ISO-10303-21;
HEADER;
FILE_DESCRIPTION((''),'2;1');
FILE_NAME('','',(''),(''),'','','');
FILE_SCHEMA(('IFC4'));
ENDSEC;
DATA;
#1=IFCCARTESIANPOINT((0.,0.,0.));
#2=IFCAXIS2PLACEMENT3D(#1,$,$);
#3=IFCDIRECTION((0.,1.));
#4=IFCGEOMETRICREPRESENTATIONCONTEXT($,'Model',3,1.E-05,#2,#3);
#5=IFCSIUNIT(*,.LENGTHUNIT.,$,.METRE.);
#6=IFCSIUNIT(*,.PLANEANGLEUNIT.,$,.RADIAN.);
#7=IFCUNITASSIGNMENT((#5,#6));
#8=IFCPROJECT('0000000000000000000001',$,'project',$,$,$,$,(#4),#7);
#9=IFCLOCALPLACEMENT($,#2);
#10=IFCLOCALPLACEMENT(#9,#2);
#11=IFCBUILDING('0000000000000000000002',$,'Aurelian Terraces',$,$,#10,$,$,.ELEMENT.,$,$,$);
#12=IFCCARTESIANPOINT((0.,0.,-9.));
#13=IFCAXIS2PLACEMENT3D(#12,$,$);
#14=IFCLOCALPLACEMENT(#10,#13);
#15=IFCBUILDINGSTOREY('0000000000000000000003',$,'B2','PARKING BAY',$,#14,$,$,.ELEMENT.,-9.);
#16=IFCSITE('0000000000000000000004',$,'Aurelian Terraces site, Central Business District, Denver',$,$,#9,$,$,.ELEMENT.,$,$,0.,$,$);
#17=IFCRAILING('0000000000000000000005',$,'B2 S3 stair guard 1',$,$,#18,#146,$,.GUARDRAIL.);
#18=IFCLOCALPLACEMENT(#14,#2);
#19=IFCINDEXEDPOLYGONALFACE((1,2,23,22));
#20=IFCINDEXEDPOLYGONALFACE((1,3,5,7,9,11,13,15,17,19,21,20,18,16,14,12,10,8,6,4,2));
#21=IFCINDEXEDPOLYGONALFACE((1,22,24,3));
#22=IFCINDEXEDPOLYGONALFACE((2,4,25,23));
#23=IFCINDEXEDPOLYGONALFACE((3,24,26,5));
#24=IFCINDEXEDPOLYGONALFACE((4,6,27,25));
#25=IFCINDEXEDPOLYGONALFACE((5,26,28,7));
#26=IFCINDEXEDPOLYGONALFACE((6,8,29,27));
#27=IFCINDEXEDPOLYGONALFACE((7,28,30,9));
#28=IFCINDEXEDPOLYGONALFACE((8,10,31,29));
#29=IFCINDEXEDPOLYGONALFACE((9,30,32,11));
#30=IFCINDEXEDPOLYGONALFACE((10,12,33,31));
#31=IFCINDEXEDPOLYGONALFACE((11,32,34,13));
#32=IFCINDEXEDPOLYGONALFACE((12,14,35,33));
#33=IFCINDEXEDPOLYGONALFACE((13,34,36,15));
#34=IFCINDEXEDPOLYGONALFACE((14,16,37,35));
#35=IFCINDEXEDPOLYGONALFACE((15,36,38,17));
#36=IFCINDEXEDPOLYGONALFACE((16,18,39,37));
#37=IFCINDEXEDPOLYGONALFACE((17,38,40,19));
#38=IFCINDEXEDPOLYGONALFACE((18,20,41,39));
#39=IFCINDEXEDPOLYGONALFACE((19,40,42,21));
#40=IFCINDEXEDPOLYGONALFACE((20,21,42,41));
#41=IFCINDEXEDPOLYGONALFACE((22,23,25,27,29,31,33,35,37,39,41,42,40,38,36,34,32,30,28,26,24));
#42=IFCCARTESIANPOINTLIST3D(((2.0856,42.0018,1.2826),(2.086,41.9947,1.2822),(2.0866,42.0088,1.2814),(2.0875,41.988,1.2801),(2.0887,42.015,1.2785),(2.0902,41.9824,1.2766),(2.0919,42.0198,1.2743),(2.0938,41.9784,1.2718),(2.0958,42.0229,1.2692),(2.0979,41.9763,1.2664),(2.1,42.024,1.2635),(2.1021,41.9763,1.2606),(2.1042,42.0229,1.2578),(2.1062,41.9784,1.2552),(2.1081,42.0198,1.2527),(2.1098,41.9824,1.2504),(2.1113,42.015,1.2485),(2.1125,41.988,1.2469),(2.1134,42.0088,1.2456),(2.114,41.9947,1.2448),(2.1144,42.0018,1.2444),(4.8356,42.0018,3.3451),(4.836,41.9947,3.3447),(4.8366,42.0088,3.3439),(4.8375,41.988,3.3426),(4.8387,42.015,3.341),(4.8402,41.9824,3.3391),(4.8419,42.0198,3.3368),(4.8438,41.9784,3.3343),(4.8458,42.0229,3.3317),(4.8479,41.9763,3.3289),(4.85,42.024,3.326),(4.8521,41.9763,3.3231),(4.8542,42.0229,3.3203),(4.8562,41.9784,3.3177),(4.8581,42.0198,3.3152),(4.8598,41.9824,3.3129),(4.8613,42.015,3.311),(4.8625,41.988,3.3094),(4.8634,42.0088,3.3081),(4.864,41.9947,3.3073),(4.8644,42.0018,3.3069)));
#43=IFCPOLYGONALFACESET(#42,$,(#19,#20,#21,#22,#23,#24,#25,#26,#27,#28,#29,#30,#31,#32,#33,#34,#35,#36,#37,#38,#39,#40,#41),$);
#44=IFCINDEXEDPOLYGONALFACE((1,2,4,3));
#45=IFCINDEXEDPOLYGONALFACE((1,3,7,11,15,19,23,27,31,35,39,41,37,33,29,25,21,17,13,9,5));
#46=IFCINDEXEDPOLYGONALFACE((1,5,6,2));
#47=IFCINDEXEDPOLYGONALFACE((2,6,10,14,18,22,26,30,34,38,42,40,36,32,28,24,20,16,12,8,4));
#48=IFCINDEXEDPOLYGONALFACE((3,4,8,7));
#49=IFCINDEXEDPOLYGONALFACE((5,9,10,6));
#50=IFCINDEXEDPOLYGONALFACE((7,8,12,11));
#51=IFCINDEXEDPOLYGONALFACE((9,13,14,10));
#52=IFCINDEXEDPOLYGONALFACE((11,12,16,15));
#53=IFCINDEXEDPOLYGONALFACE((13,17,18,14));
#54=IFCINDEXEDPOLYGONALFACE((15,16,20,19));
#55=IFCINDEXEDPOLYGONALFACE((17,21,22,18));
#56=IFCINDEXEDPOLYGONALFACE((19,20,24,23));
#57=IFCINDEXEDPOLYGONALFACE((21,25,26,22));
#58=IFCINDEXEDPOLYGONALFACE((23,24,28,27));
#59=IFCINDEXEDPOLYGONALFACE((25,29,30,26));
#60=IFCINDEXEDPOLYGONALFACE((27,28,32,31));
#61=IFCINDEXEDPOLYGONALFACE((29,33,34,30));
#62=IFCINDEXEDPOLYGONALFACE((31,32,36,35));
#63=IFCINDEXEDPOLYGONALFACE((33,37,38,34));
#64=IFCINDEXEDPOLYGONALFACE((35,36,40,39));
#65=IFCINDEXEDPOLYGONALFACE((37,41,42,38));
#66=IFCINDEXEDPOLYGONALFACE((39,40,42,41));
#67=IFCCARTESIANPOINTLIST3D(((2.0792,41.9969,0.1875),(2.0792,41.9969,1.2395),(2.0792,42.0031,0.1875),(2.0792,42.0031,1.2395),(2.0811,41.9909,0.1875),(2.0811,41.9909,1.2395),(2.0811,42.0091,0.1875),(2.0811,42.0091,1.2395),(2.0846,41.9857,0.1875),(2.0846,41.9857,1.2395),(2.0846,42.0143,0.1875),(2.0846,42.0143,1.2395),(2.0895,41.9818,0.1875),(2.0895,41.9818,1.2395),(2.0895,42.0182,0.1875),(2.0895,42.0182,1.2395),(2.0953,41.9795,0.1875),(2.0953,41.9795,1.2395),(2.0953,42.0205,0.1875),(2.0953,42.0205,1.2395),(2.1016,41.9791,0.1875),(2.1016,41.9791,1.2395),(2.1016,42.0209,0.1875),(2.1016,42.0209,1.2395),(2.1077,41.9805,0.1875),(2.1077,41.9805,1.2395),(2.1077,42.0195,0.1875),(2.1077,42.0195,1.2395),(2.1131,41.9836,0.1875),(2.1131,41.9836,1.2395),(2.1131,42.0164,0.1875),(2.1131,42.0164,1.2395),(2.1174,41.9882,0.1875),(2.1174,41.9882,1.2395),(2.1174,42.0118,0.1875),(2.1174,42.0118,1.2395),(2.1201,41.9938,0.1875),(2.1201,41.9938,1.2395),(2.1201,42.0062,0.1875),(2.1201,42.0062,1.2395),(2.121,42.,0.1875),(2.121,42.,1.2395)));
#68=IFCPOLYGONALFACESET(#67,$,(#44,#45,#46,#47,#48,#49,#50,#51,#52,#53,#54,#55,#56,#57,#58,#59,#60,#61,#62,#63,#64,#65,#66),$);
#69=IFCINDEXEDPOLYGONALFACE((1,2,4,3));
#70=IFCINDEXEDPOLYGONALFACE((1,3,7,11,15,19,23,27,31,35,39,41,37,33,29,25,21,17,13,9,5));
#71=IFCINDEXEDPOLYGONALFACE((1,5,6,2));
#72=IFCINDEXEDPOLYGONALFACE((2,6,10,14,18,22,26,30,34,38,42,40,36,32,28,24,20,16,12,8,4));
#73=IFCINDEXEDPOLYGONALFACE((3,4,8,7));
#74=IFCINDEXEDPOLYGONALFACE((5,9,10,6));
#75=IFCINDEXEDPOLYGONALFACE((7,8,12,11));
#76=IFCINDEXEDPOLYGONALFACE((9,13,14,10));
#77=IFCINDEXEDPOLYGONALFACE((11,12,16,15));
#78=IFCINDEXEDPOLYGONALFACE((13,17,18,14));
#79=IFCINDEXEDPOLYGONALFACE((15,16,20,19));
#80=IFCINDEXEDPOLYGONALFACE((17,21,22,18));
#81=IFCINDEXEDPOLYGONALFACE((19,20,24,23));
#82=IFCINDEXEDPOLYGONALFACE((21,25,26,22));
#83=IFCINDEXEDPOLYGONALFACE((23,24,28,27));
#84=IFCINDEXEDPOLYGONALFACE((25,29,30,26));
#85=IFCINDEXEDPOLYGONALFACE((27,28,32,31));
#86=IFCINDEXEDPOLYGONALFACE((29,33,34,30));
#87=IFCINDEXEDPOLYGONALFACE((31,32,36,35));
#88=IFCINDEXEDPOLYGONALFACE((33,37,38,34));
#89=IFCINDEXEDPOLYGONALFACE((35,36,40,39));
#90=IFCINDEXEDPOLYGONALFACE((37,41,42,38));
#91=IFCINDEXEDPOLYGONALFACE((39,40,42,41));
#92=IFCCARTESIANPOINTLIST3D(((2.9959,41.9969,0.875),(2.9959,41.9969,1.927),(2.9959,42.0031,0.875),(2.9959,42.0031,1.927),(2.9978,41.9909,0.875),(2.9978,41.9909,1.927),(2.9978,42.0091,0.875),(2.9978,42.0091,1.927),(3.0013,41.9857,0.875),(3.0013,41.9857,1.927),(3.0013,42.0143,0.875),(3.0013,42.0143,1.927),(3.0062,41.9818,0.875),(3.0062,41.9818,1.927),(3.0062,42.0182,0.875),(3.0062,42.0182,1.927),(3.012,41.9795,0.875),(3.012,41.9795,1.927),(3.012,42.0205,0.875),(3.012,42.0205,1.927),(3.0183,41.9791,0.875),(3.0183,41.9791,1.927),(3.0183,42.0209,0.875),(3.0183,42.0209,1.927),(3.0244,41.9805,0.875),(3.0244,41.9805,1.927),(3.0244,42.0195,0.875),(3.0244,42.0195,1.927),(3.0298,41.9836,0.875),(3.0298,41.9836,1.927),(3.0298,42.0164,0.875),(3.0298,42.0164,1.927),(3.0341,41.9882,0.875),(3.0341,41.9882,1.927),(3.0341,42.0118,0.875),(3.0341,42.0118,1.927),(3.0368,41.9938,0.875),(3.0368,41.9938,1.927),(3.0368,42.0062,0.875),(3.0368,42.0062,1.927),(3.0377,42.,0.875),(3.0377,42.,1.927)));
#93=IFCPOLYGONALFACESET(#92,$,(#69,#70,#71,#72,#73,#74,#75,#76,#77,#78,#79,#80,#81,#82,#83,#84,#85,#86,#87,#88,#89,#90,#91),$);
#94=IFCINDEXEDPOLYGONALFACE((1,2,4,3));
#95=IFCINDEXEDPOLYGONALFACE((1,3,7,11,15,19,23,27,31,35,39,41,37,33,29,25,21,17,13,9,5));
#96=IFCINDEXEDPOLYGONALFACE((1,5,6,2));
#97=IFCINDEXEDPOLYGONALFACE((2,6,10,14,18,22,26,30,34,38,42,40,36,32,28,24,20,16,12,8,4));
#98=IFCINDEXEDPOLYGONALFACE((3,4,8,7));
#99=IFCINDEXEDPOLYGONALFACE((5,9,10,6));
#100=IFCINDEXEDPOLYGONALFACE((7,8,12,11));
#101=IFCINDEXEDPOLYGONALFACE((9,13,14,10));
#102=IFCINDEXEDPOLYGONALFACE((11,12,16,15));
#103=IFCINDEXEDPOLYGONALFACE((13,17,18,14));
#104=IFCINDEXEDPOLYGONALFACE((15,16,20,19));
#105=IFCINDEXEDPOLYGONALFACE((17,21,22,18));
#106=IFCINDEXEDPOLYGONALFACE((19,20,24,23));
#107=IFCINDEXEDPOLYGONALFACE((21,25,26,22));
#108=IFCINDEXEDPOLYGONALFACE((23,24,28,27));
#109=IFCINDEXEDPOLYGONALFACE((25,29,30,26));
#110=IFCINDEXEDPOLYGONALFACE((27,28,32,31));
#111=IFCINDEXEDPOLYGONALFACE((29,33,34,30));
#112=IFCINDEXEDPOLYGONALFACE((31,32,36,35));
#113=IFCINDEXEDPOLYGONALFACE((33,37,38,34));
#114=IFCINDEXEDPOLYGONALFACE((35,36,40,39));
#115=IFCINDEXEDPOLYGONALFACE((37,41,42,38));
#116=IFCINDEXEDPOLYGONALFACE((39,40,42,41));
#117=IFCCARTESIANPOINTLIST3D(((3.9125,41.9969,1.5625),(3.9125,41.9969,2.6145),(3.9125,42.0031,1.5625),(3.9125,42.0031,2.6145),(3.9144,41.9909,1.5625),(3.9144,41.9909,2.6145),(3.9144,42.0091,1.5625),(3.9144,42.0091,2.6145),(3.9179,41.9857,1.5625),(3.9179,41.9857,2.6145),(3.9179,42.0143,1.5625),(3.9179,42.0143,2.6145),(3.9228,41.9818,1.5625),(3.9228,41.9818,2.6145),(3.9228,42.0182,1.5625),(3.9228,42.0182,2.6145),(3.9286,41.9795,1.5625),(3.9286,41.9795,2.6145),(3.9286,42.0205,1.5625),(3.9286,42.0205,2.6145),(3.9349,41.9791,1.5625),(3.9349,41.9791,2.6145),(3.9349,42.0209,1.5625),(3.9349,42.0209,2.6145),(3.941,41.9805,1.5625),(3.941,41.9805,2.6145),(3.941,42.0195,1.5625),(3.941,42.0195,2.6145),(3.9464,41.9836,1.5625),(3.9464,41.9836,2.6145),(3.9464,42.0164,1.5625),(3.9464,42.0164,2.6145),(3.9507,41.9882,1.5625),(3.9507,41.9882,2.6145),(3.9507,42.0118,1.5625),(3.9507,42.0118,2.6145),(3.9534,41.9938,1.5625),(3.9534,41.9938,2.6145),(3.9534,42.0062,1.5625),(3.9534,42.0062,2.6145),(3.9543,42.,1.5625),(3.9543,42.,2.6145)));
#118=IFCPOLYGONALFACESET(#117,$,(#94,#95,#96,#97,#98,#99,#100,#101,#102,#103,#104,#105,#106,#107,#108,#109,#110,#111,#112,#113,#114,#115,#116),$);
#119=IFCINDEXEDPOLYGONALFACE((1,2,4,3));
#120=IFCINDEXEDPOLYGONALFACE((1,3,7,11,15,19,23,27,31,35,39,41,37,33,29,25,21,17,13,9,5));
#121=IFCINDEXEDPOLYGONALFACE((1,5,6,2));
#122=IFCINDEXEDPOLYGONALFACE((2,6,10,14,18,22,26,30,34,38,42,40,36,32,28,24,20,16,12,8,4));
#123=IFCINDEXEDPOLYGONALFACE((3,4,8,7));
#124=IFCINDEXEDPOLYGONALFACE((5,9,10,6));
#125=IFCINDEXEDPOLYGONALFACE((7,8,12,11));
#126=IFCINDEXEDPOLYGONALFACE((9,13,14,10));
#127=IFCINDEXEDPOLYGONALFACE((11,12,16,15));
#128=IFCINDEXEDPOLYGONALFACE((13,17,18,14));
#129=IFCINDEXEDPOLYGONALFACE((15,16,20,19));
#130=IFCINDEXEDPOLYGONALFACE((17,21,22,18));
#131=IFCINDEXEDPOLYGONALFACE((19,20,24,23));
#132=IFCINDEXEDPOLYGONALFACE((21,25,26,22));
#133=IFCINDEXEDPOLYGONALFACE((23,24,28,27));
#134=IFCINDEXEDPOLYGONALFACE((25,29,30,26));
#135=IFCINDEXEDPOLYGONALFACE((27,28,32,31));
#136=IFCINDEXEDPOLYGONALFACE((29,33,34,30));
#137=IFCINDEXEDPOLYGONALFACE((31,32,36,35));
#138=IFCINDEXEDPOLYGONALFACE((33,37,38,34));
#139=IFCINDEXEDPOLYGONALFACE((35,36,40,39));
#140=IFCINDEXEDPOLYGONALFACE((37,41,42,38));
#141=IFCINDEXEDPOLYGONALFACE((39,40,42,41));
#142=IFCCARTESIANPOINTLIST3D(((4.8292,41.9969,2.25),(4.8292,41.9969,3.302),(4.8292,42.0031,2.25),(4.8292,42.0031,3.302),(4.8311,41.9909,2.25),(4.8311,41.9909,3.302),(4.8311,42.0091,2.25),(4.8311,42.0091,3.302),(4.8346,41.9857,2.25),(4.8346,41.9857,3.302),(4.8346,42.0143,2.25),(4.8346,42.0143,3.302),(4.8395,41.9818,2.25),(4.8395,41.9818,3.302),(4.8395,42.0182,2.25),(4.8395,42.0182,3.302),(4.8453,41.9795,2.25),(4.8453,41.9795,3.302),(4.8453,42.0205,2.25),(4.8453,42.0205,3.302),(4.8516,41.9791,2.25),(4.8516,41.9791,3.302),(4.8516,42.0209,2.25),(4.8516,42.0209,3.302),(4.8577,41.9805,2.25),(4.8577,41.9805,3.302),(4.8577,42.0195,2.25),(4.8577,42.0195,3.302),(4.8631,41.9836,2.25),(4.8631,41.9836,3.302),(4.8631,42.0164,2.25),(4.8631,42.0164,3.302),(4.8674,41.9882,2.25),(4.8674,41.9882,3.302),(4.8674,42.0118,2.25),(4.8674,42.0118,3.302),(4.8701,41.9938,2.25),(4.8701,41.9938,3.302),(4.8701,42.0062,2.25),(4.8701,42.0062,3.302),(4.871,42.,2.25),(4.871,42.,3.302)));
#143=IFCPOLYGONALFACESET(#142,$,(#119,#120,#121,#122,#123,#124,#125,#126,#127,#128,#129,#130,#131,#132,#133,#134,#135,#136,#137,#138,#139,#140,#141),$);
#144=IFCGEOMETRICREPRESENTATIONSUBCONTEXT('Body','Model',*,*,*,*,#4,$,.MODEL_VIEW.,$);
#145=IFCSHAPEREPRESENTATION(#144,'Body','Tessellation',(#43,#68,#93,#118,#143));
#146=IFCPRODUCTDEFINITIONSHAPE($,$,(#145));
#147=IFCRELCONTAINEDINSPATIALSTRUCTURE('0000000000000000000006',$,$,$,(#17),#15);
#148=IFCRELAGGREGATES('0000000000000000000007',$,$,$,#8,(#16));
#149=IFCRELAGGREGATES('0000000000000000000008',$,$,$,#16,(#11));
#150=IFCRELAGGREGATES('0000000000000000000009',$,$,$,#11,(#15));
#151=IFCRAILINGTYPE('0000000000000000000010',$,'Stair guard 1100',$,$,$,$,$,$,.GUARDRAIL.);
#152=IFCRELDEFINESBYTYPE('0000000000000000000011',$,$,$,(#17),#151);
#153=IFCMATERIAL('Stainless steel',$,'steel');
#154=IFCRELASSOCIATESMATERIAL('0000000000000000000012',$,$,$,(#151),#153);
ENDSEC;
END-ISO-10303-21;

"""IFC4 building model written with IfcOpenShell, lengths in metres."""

from ifc_helpers import new_model, si_unit, direction, frame, origin, origin_2d, place, context, subcontext, project, spatial, circle, extrude, source, transform, mapped, material, type_object, element, save


model = new_model("IFC4")

# Units and contexts
model_context = context("Model", 3, precision=1e-05, world=origin(), true_north=direction((0.0, 1.0)))
body_context = subcontext(model_context, "Body", "Model", "MODEL_VIEW")
ifc_project = project(units=[si_unit("LENGTHUNIT", "METRE"), si_unit("PLANEANGLEUNIT", "RADIAN")], contexts=[model_context])

# Site, building, storey
site_placement = place(None, origin())
site = spatial("IfcSite", under=ifc_project, at=site_placement, Name="Aurelian Terraces site, Central Business District, Denver", CompositionType="ELEMENT", RefElevation=0.0)
building_placement = place(site_placement, origin())
building = spatial("IfcBuilding", under=site, at=building_placement, Name="Aurelian Terraces", CompositionType="ELEMENT")
storey_placement = place(building_placement, frame((0.0, 0.0, -9.0)))
storey = spatial("IfcBuildingStorey", under=building, at=storey_placement, Name="B2", Description="PARKING BAY", CompositionType="ELEMENT", Elevation=-9.0)

# Railing
ifc_material_1 = material(Name="Stainless steel", Category="steel")
railing_type_1 = type_object("IfcRailingType", Name="Stair guard 1100", PredefinedType="GUARDRAIL", material=ifc_material_1)
shared_shape_1 = source(origin(), body_context, "Body", "SweptSolid", [
    extrude(circle(Radius=0.024, at=origin_2d()), frame((0.0, 0.0, 1.076), z_axis=(0.8, 0.0, 0.6), x_axis=(0.0, 1.0, 0.0)), (0.0, 0.0, 1.0), 3.4375),
    extrude(circle(Radius=0.021, at=origin_2d()), origin(), (0.0, 0.0, 1.0), 1.052),
    extrude(circle(Radius=0.021, at=origin_2d()), frame((0.9167, 0.0, 0.6875)), (0.0, 0.0, 1.0), 1.052),
    extrude(circle(Radius=0.021, at=origin_2d()), frame((1.8333, 0.0, 1.375)), (0.0, 0.0, 1.0), 1.052),
    extrude(circle(Radius=0.021, at=origin_2d()), frame((2.75, 0.0, 2.0625)), (0.0, 0.0, 1.0), 1.052),
])
railing_1_placement = place(storey_placement, frame((2.1, 42.0, 0.1875)))
element("IfcRailing", 1, at=railing_1_placement, inside=storey, type_object=railing_type_1, Name="B2 S3 stair guard 1", PredefinedType="GUARDRAIL", context=body_context, shape_type="MappedRepresentation", body=[
    mapped(shared_shape_1, transform((0.0, 0.0, 0.0), scale=1.0)),
])

save(model, "model.ifc")
